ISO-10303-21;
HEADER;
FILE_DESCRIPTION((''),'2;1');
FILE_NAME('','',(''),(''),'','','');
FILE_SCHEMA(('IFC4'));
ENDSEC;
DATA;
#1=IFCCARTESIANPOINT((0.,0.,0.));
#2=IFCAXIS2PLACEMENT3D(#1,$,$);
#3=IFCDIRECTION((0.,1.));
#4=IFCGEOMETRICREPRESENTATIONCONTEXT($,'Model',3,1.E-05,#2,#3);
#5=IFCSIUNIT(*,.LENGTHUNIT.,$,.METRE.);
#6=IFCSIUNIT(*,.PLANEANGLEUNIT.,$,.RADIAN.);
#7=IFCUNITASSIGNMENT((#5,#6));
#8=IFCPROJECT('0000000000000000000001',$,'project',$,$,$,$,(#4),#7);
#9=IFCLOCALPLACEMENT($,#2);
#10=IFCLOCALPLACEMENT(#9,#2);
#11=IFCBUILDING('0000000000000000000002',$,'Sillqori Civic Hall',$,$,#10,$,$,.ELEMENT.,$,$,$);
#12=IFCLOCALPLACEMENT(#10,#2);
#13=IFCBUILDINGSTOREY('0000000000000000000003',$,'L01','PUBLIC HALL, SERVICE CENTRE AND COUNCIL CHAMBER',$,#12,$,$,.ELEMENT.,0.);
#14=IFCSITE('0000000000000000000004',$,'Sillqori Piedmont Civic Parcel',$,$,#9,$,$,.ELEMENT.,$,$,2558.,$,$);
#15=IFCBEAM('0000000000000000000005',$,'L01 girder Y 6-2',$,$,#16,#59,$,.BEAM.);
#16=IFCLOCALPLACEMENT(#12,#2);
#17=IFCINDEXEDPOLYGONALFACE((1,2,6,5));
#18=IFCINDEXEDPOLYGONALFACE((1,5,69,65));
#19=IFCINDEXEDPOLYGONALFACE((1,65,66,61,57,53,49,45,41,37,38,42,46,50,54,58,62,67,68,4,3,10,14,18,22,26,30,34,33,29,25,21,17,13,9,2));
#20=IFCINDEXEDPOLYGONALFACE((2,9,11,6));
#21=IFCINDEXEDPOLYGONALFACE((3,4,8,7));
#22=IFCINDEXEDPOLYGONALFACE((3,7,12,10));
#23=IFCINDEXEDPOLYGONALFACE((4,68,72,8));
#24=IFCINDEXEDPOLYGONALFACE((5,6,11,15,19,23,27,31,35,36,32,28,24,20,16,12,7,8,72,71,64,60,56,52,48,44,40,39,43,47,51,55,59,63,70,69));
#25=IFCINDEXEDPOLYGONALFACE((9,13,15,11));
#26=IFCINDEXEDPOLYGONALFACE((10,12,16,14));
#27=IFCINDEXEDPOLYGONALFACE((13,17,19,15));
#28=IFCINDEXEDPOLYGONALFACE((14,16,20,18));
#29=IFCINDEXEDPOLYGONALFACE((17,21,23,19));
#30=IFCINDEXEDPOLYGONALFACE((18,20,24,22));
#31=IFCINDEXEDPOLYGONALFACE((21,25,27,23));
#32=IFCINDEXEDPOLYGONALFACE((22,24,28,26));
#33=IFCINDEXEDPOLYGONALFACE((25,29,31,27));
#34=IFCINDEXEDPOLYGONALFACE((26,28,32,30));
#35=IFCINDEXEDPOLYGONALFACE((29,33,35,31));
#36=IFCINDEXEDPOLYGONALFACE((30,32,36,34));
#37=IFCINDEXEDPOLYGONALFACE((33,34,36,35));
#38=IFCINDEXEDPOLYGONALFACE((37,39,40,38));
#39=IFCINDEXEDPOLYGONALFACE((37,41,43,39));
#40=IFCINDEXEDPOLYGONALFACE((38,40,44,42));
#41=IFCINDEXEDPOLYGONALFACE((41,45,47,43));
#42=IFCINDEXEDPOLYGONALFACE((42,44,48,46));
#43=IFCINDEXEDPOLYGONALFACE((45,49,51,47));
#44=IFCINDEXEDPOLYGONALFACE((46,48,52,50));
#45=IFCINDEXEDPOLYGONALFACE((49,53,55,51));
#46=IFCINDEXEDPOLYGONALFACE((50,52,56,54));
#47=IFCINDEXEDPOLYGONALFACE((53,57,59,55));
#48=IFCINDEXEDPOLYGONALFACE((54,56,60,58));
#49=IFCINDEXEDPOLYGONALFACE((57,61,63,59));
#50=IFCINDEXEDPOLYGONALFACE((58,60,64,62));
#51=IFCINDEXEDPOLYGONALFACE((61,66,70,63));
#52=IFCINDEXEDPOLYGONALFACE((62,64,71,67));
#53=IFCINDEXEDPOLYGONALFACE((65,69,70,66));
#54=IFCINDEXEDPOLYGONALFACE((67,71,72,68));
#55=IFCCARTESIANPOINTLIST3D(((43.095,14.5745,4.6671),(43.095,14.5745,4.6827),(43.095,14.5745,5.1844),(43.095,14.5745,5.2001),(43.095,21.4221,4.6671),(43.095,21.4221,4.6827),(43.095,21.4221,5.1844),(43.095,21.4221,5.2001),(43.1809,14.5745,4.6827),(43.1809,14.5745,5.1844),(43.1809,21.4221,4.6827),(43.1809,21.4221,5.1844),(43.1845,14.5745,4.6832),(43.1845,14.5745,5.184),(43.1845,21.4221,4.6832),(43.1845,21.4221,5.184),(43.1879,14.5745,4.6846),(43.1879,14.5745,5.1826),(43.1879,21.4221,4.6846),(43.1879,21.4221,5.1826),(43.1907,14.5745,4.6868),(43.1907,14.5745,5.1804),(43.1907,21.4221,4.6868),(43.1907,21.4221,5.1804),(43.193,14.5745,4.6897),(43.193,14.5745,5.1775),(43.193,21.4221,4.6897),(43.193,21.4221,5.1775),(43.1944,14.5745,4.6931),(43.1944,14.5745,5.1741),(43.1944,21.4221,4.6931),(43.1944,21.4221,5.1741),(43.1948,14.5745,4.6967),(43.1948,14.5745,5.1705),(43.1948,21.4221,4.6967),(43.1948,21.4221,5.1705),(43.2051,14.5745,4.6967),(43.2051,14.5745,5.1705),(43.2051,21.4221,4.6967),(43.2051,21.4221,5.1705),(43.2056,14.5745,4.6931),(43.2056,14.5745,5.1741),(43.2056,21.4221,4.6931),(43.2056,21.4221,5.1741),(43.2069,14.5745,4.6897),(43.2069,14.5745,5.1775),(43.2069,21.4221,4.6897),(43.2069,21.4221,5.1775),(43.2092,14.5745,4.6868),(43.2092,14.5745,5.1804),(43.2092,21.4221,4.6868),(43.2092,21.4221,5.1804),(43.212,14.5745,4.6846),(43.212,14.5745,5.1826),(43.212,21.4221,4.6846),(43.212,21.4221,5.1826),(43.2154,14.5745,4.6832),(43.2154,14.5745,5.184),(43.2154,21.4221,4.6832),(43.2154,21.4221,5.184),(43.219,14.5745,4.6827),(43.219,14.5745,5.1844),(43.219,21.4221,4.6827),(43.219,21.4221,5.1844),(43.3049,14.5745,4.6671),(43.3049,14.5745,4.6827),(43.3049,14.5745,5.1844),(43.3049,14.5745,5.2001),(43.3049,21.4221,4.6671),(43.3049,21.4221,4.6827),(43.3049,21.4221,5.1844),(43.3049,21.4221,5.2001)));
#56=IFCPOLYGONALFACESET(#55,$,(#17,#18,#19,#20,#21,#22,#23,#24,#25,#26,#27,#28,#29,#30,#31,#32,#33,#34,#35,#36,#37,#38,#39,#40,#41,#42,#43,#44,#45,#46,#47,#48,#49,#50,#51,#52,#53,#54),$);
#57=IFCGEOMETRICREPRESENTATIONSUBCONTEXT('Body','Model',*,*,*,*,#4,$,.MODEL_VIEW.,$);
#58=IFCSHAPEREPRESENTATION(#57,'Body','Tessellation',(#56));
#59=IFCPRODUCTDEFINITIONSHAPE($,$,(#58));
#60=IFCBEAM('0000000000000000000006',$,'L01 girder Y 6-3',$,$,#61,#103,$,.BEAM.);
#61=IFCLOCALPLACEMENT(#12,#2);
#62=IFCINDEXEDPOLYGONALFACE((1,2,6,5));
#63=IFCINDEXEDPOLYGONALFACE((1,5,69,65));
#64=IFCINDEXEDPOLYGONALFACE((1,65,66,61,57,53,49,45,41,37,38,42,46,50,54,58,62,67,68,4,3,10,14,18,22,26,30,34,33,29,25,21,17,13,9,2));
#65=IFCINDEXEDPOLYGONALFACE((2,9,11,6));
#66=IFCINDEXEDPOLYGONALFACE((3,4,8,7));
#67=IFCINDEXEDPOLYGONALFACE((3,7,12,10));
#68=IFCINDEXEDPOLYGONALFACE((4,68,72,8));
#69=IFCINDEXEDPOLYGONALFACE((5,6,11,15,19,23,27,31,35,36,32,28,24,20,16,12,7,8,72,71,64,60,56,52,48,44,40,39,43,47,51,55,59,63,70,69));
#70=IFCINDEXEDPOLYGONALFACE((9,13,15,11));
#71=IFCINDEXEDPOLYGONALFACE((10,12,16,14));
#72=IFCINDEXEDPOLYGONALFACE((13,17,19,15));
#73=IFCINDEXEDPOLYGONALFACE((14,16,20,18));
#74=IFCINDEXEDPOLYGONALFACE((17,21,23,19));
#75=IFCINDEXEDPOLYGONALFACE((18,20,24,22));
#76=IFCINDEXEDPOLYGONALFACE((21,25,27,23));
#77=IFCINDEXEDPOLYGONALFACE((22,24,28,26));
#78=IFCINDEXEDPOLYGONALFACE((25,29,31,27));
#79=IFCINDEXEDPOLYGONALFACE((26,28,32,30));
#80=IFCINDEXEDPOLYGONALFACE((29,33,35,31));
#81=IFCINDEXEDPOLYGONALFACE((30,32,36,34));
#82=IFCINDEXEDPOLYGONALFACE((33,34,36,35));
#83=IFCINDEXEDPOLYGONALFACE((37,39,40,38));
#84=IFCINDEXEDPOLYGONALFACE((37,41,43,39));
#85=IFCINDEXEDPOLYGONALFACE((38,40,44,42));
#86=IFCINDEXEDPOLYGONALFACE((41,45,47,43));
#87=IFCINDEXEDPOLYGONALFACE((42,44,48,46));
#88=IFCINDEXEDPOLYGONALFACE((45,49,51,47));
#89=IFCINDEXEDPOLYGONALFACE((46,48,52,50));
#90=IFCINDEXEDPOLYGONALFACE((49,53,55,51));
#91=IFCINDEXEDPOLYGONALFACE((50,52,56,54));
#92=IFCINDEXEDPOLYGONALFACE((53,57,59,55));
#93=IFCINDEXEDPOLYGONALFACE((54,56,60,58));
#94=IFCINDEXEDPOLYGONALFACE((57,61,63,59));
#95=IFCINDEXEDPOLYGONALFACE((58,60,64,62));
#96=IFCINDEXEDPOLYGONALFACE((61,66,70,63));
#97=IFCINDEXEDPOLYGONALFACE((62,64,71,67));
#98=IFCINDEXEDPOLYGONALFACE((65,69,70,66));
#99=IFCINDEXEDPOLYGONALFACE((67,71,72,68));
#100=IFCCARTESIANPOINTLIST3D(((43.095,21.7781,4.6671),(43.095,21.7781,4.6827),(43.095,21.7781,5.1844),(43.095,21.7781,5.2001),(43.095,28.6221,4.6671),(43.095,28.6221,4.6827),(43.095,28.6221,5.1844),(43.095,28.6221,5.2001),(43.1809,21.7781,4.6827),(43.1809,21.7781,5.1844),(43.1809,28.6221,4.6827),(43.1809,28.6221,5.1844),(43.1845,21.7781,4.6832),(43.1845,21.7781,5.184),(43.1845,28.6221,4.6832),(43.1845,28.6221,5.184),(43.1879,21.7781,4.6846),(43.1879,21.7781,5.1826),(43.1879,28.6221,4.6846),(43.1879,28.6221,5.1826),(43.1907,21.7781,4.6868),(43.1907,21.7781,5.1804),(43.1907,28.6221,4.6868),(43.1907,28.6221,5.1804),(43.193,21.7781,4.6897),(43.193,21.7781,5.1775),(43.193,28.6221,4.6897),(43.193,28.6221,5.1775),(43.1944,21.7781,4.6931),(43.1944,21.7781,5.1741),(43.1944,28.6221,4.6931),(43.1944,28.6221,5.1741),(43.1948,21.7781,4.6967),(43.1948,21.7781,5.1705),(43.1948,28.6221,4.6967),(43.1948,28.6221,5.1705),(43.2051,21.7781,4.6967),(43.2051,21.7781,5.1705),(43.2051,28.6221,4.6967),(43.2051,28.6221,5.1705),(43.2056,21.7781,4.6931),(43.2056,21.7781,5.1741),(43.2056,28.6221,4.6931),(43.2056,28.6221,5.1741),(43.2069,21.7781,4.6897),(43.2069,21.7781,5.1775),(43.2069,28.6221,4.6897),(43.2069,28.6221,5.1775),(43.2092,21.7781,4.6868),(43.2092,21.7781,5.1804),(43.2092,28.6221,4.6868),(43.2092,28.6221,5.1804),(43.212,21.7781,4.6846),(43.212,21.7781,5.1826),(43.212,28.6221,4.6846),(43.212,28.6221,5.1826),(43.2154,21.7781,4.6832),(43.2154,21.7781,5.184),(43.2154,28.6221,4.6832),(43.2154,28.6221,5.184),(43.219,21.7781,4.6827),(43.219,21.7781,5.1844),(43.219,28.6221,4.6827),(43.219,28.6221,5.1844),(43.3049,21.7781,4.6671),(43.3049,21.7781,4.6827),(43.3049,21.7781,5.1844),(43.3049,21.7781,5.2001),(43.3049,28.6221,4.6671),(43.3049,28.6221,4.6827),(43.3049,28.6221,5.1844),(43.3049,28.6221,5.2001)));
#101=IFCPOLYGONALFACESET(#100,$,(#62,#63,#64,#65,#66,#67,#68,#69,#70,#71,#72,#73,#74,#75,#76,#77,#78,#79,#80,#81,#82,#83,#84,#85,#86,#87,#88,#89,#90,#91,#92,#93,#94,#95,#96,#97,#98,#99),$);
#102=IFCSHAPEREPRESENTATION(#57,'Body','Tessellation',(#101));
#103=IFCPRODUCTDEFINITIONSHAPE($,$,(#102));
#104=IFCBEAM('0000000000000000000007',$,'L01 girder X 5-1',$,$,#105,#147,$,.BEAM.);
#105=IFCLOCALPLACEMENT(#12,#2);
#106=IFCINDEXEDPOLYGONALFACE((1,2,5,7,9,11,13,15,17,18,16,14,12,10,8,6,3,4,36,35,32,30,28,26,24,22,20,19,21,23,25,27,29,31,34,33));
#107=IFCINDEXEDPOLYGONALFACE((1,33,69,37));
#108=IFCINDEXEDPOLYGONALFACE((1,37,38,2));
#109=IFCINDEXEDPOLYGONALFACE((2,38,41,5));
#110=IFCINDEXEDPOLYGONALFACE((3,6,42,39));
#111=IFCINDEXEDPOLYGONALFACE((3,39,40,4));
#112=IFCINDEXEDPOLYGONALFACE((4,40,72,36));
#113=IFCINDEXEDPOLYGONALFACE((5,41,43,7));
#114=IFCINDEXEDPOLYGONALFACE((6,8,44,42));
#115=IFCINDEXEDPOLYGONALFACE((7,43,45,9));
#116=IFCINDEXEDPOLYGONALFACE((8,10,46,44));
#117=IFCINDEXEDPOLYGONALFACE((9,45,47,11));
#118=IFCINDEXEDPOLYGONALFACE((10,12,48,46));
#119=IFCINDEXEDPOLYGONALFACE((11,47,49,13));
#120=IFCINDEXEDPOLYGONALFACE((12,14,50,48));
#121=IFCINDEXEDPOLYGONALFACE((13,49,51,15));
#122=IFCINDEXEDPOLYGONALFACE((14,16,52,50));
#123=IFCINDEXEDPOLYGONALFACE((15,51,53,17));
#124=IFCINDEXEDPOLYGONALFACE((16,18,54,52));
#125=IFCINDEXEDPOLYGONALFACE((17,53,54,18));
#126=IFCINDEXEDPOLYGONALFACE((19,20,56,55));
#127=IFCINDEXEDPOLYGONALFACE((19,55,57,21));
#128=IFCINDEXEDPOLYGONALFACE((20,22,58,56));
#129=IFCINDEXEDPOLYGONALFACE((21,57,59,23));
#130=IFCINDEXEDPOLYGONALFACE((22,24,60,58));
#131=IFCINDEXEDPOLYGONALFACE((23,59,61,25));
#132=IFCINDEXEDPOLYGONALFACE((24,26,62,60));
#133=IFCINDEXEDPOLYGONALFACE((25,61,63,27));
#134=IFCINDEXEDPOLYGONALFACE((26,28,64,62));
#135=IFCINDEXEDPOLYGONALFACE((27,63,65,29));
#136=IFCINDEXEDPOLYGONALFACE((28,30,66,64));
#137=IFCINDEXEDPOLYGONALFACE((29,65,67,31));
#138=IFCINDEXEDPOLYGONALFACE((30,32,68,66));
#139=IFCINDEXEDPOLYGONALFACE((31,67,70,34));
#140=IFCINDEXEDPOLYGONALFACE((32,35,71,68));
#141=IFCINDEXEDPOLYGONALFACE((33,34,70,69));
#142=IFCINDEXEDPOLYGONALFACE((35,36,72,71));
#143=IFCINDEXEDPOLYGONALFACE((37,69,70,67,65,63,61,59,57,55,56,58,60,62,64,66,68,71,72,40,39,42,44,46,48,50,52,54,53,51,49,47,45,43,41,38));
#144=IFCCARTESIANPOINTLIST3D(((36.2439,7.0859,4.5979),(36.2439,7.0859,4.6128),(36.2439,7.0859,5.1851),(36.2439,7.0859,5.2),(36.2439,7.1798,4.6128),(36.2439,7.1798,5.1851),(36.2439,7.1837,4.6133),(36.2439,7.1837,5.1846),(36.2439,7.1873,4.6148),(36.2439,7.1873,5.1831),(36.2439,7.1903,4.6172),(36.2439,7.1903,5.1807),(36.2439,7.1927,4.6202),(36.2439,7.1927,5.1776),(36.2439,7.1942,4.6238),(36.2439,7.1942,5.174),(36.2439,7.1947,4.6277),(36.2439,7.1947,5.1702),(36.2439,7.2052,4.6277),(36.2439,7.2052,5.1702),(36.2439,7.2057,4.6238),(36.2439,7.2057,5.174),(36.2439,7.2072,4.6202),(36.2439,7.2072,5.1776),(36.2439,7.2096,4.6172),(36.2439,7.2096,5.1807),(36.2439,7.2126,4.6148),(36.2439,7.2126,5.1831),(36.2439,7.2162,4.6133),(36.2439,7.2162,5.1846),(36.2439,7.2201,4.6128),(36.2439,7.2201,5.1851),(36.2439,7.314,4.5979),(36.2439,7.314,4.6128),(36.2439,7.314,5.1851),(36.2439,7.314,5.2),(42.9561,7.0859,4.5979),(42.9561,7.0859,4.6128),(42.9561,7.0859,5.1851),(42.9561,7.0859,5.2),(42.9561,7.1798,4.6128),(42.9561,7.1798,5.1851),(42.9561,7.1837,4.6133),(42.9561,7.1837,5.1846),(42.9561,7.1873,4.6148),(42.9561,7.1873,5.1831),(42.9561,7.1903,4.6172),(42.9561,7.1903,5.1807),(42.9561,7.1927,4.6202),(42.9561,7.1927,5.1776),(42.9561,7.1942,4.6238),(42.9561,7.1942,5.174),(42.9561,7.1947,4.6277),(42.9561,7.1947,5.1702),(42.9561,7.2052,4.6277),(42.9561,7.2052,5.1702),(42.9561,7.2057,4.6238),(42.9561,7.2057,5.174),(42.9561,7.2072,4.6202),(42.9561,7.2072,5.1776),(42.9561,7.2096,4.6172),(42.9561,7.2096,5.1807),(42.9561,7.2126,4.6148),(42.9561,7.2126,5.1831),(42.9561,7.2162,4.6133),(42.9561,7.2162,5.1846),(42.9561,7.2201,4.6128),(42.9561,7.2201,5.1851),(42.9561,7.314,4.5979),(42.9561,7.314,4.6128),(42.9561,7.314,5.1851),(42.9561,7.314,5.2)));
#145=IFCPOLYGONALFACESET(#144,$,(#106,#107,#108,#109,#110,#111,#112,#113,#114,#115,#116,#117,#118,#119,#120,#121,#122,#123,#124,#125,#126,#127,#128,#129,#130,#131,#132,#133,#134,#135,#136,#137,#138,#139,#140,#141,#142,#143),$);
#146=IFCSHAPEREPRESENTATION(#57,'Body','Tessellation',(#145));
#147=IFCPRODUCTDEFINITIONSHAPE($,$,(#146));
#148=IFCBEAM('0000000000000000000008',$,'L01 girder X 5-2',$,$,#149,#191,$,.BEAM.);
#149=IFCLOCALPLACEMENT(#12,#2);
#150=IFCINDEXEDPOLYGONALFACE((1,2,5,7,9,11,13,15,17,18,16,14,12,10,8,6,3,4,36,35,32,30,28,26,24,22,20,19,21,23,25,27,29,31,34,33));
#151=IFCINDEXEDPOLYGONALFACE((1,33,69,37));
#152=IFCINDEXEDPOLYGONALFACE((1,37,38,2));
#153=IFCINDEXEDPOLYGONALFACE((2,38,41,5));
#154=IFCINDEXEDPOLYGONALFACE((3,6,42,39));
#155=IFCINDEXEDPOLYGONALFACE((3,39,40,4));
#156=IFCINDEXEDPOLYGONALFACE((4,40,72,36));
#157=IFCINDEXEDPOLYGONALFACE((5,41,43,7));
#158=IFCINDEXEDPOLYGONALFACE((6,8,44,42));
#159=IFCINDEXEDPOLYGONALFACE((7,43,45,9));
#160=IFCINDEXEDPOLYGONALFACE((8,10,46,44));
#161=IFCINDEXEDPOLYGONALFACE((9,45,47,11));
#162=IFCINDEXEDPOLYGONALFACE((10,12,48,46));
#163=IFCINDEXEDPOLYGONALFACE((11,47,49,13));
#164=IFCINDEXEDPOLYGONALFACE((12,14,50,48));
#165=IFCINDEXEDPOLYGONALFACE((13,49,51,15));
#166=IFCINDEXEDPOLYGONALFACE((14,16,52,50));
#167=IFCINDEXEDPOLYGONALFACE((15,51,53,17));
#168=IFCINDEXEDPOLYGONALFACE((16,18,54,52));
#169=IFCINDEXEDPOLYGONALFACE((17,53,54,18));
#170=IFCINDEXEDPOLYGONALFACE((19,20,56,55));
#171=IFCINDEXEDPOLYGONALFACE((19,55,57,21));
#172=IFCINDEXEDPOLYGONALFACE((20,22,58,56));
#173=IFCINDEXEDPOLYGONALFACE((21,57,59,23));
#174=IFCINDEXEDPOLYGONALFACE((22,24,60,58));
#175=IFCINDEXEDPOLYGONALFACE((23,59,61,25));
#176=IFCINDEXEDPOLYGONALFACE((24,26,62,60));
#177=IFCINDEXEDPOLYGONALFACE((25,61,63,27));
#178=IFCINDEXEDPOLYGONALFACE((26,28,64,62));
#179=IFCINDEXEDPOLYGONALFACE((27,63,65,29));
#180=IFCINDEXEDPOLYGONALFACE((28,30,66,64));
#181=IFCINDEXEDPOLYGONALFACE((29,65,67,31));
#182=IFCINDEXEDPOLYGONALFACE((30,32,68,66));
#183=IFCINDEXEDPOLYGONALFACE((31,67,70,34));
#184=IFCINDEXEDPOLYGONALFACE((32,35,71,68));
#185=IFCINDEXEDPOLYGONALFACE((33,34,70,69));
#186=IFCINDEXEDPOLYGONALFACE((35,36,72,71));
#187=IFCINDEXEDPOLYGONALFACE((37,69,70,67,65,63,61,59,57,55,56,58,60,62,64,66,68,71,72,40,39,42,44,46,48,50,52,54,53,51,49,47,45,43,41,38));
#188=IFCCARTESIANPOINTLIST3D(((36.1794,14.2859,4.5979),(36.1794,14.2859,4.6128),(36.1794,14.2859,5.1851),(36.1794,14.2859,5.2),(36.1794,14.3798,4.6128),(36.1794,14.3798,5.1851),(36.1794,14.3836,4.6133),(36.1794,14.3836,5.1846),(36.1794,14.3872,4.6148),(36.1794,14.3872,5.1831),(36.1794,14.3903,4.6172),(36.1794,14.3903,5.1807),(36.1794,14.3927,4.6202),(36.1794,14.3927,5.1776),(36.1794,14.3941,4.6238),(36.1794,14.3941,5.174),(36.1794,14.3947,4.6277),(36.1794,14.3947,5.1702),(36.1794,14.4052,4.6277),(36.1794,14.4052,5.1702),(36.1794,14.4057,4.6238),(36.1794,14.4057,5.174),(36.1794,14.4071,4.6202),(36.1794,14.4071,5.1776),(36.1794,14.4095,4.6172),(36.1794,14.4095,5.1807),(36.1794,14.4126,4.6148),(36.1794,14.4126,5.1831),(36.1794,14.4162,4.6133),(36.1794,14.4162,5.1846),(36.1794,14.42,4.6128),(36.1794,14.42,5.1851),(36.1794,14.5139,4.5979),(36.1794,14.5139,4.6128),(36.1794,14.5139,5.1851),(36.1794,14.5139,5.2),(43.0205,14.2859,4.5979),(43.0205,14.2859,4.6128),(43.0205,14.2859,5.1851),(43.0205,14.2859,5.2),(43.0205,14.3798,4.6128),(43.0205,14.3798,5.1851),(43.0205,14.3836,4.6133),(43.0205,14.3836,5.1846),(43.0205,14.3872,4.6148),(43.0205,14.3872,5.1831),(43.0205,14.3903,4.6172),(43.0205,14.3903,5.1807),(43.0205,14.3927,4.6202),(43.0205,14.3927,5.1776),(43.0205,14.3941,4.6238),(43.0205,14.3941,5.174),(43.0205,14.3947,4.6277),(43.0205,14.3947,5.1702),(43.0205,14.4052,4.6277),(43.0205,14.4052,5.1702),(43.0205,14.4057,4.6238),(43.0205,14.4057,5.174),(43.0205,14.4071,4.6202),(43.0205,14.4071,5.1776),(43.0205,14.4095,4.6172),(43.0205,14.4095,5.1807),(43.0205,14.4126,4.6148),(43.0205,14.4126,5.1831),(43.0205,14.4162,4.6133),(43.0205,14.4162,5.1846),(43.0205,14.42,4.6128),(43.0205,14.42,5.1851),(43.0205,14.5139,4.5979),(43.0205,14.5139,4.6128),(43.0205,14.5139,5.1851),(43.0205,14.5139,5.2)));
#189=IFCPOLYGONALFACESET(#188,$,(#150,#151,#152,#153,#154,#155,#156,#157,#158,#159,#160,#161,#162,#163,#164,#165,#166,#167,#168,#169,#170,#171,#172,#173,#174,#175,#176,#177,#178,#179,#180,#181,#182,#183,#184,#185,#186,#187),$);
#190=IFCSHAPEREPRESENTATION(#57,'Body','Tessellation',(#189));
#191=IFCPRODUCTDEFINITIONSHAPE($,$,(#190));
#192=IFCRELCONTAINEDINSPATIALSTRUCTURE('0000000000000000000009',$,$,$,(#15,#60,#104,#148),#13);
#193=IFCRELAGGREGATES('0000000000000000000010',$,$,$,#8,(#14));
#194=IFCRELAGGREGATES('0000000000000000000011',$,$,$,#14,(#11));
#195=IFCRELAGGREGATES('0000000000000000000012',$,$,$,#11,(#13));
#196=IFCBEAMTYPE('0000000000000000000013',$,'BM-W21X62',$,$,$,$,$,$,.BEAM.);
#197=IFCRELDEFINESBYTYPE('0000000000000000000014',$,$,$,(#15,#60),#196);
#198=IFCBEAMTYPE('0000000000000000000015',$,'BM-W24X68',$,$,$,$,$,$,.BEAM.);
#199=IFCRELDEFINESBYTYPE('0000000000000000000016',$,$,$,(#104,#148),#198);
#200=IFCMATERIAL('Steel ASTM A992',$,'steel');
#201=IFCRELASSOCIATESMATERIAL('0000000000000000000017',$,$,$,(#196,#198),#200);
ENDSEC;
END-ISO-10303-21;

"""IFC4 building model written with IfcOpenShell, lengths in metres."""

from ifc_helpers import new_model, si_unit, direction, frame, origin, origin_2d, place, context, subcontext, project, spatial, i_section, extrude, material, material_profile, profile_set, type_object, element, save


model = new_model("IFC4")

# Units and contexts
model_context = context("Model", 3, precision=1e-05, world=origin(), true_north=direction((0.0, 1.0)))
body_context = subcontext(model_context, "Body", "Model", "MODEL_VIEW")
ifc_project = project(units=[si_unit("LENGTHUNIT", "METRE"), si_unit("PLANEANGLEUNIT", "RADIAN")], contexts=[model_context])

# Site, building, storey
site_placement = place(None, origin())
site = spatial("IfcSite", under=ifc_project, at=site_placement, Name="Sillqori Piedmont Civic Parcel", CompositionType="ELEMENT", RefElevation=2558.0)
building_placement = place(site_placement, origin())
building = spatial("IfcBuilding", under=site, at=building_placement, Name="Sillqori Civic Hall", CompositionType="ELEMENT")
storey_placement = place(building_placement, origin())
storey = spatial("IfcBuildingStorey", under=building, at=storey_placement, Name="L01", Description="PUBLIC HALL, SERVICE CENTRE AND COUNCIL CHAMBER", CompositionType="ELEMENT", Elevation=0.0)

# Shared definitions
ifc_material_1 = material(Name="Steel ASTM A992", Category="steel")

# Beams
ifc_material_profile_1 = material_profile(ifc_material_1, i_section(OverallWidth=0.21, OverallDepth=0.533, WebThickness=0.0103, FlangeThickness=0.0156, FilletRadius=0.0139, at=origin_2d()), Name="W21X62")
ifc_profile_set_1 = profile_set([ifc_material_profile_1], Name="Steel ASTM A992")
beam_type_1 = type_object("IfcBeamType", Name="BM-W21X62", PredefinedType="BEAM", material=ifc_profile_set_1)
beam_1_placement = place(storey_placement, frame((43.2, 14.5745, 4.9336), z_axis=(0.0, 1.0, 0.0), x_axis=(-1.0, 0.0, 0.0)))
element("IfcBeam", 1, at=beam_1_placement, inside=storey, type_object=beam_type_1, Name="L01 girder Y 6-2", PredefinedType="BEAM", context=body_context, shape_type="SweptSolid", body=[
    extrude(i_section(OverallWidth=0.21, OverallDepth=0.533, WebThickness=0.0103, FlangeThickness=0.0156, FilletRadius=0.0139, at=origin_2d()), origin(), (0.0, 0.0, 1.0), 6.8477),
])
beam_2_placement = place(storey_placement, frame((43.2, 21.7781, 4.9336), z_axis=(0.0, 1.0, 0.0), x_axis=(-1.0, 0.0, 0.0)))
element("IfcBeam", 2, at=beam_2_placement, inside=storey, type_object=beam_type_1, Name="L01 girder Y 6-3", PredefinedType="BEAM", context=body_context, shape_type="SweptSolid", body=[
    extrude(i_section(OverallWidth=0.21, OverallDepth=0.533, WebThickness=0.0103, FlangeThickness=0.0156, FilletRadius=0.0139, at=origin_2d()), origin(), (0.0, 0.0, 1.0), 6.844),
])
ifc_material_profile_2 = material_profile(ifc_material_1, i_section(OverallWidth=0.228, OverallDepth=0.6021, WebThickness=0.0105, FlangeThickness=0.0149, FilletRadius=0.0149, at=origin_2d()), Name="W24X68")
ifc_profile_set_2 = profile_set([ifc_material_profile_2], Name="Steel ASTM A992")
beam_type_2 = type_object("IfcBeamType", Name="BM-W24X68", PredefinedType="BEAM", material=ifc_profile_set_2)
beam_3_placement = place(storey_placement, frame((36.2439, 7.2, 4.8989), z_axis=(1.0, 0.0, 0.0), x_axis=(0.0, 1.0, 0.0)))
element("IfcBeam", 3, at=beam_3_placement, inside=storey, type_object=beam_type_2, Name="L01 girder X 5-1", PredefinedType="BEAM", context=body_context, shape_type="SweptSolid", body=[
    extrude(i_section(OverallWidth=0.228, OverallDepth=0.6021, WebThickness=0.0105, FlangeThickness=0.0149, FilletRadius=0.0149, at=origin_2d()), origin(), (0.0, 0.0, 1.0), 6.7122),
])
beam_4_placement = place(storey_placement, frame((36.1794, 14.3999, 4.8989), z_axis=(1.0, 0.0, 0.0), x_axis=(0.0, 1.0, 0.0)))
element("IfcBeam", 4, at=beam_4_placement, inside=storey, type_object=beam_type_2, Name="L01 girder X 5-2", PredefinedType="BEAM", context=body_context, shape_type="SweptSolid", body=[
    extrude(i_section(OverallWidth=0.228, OverallDepth=0.6021, WebThickness=0.0105, FlangeThickness=0.0149, FilletRadius=0.0149, at=origin_2d()), origin(), (0.0, 0.0, 1.0), 6.8411),
])

save(model, "model.ifc")
